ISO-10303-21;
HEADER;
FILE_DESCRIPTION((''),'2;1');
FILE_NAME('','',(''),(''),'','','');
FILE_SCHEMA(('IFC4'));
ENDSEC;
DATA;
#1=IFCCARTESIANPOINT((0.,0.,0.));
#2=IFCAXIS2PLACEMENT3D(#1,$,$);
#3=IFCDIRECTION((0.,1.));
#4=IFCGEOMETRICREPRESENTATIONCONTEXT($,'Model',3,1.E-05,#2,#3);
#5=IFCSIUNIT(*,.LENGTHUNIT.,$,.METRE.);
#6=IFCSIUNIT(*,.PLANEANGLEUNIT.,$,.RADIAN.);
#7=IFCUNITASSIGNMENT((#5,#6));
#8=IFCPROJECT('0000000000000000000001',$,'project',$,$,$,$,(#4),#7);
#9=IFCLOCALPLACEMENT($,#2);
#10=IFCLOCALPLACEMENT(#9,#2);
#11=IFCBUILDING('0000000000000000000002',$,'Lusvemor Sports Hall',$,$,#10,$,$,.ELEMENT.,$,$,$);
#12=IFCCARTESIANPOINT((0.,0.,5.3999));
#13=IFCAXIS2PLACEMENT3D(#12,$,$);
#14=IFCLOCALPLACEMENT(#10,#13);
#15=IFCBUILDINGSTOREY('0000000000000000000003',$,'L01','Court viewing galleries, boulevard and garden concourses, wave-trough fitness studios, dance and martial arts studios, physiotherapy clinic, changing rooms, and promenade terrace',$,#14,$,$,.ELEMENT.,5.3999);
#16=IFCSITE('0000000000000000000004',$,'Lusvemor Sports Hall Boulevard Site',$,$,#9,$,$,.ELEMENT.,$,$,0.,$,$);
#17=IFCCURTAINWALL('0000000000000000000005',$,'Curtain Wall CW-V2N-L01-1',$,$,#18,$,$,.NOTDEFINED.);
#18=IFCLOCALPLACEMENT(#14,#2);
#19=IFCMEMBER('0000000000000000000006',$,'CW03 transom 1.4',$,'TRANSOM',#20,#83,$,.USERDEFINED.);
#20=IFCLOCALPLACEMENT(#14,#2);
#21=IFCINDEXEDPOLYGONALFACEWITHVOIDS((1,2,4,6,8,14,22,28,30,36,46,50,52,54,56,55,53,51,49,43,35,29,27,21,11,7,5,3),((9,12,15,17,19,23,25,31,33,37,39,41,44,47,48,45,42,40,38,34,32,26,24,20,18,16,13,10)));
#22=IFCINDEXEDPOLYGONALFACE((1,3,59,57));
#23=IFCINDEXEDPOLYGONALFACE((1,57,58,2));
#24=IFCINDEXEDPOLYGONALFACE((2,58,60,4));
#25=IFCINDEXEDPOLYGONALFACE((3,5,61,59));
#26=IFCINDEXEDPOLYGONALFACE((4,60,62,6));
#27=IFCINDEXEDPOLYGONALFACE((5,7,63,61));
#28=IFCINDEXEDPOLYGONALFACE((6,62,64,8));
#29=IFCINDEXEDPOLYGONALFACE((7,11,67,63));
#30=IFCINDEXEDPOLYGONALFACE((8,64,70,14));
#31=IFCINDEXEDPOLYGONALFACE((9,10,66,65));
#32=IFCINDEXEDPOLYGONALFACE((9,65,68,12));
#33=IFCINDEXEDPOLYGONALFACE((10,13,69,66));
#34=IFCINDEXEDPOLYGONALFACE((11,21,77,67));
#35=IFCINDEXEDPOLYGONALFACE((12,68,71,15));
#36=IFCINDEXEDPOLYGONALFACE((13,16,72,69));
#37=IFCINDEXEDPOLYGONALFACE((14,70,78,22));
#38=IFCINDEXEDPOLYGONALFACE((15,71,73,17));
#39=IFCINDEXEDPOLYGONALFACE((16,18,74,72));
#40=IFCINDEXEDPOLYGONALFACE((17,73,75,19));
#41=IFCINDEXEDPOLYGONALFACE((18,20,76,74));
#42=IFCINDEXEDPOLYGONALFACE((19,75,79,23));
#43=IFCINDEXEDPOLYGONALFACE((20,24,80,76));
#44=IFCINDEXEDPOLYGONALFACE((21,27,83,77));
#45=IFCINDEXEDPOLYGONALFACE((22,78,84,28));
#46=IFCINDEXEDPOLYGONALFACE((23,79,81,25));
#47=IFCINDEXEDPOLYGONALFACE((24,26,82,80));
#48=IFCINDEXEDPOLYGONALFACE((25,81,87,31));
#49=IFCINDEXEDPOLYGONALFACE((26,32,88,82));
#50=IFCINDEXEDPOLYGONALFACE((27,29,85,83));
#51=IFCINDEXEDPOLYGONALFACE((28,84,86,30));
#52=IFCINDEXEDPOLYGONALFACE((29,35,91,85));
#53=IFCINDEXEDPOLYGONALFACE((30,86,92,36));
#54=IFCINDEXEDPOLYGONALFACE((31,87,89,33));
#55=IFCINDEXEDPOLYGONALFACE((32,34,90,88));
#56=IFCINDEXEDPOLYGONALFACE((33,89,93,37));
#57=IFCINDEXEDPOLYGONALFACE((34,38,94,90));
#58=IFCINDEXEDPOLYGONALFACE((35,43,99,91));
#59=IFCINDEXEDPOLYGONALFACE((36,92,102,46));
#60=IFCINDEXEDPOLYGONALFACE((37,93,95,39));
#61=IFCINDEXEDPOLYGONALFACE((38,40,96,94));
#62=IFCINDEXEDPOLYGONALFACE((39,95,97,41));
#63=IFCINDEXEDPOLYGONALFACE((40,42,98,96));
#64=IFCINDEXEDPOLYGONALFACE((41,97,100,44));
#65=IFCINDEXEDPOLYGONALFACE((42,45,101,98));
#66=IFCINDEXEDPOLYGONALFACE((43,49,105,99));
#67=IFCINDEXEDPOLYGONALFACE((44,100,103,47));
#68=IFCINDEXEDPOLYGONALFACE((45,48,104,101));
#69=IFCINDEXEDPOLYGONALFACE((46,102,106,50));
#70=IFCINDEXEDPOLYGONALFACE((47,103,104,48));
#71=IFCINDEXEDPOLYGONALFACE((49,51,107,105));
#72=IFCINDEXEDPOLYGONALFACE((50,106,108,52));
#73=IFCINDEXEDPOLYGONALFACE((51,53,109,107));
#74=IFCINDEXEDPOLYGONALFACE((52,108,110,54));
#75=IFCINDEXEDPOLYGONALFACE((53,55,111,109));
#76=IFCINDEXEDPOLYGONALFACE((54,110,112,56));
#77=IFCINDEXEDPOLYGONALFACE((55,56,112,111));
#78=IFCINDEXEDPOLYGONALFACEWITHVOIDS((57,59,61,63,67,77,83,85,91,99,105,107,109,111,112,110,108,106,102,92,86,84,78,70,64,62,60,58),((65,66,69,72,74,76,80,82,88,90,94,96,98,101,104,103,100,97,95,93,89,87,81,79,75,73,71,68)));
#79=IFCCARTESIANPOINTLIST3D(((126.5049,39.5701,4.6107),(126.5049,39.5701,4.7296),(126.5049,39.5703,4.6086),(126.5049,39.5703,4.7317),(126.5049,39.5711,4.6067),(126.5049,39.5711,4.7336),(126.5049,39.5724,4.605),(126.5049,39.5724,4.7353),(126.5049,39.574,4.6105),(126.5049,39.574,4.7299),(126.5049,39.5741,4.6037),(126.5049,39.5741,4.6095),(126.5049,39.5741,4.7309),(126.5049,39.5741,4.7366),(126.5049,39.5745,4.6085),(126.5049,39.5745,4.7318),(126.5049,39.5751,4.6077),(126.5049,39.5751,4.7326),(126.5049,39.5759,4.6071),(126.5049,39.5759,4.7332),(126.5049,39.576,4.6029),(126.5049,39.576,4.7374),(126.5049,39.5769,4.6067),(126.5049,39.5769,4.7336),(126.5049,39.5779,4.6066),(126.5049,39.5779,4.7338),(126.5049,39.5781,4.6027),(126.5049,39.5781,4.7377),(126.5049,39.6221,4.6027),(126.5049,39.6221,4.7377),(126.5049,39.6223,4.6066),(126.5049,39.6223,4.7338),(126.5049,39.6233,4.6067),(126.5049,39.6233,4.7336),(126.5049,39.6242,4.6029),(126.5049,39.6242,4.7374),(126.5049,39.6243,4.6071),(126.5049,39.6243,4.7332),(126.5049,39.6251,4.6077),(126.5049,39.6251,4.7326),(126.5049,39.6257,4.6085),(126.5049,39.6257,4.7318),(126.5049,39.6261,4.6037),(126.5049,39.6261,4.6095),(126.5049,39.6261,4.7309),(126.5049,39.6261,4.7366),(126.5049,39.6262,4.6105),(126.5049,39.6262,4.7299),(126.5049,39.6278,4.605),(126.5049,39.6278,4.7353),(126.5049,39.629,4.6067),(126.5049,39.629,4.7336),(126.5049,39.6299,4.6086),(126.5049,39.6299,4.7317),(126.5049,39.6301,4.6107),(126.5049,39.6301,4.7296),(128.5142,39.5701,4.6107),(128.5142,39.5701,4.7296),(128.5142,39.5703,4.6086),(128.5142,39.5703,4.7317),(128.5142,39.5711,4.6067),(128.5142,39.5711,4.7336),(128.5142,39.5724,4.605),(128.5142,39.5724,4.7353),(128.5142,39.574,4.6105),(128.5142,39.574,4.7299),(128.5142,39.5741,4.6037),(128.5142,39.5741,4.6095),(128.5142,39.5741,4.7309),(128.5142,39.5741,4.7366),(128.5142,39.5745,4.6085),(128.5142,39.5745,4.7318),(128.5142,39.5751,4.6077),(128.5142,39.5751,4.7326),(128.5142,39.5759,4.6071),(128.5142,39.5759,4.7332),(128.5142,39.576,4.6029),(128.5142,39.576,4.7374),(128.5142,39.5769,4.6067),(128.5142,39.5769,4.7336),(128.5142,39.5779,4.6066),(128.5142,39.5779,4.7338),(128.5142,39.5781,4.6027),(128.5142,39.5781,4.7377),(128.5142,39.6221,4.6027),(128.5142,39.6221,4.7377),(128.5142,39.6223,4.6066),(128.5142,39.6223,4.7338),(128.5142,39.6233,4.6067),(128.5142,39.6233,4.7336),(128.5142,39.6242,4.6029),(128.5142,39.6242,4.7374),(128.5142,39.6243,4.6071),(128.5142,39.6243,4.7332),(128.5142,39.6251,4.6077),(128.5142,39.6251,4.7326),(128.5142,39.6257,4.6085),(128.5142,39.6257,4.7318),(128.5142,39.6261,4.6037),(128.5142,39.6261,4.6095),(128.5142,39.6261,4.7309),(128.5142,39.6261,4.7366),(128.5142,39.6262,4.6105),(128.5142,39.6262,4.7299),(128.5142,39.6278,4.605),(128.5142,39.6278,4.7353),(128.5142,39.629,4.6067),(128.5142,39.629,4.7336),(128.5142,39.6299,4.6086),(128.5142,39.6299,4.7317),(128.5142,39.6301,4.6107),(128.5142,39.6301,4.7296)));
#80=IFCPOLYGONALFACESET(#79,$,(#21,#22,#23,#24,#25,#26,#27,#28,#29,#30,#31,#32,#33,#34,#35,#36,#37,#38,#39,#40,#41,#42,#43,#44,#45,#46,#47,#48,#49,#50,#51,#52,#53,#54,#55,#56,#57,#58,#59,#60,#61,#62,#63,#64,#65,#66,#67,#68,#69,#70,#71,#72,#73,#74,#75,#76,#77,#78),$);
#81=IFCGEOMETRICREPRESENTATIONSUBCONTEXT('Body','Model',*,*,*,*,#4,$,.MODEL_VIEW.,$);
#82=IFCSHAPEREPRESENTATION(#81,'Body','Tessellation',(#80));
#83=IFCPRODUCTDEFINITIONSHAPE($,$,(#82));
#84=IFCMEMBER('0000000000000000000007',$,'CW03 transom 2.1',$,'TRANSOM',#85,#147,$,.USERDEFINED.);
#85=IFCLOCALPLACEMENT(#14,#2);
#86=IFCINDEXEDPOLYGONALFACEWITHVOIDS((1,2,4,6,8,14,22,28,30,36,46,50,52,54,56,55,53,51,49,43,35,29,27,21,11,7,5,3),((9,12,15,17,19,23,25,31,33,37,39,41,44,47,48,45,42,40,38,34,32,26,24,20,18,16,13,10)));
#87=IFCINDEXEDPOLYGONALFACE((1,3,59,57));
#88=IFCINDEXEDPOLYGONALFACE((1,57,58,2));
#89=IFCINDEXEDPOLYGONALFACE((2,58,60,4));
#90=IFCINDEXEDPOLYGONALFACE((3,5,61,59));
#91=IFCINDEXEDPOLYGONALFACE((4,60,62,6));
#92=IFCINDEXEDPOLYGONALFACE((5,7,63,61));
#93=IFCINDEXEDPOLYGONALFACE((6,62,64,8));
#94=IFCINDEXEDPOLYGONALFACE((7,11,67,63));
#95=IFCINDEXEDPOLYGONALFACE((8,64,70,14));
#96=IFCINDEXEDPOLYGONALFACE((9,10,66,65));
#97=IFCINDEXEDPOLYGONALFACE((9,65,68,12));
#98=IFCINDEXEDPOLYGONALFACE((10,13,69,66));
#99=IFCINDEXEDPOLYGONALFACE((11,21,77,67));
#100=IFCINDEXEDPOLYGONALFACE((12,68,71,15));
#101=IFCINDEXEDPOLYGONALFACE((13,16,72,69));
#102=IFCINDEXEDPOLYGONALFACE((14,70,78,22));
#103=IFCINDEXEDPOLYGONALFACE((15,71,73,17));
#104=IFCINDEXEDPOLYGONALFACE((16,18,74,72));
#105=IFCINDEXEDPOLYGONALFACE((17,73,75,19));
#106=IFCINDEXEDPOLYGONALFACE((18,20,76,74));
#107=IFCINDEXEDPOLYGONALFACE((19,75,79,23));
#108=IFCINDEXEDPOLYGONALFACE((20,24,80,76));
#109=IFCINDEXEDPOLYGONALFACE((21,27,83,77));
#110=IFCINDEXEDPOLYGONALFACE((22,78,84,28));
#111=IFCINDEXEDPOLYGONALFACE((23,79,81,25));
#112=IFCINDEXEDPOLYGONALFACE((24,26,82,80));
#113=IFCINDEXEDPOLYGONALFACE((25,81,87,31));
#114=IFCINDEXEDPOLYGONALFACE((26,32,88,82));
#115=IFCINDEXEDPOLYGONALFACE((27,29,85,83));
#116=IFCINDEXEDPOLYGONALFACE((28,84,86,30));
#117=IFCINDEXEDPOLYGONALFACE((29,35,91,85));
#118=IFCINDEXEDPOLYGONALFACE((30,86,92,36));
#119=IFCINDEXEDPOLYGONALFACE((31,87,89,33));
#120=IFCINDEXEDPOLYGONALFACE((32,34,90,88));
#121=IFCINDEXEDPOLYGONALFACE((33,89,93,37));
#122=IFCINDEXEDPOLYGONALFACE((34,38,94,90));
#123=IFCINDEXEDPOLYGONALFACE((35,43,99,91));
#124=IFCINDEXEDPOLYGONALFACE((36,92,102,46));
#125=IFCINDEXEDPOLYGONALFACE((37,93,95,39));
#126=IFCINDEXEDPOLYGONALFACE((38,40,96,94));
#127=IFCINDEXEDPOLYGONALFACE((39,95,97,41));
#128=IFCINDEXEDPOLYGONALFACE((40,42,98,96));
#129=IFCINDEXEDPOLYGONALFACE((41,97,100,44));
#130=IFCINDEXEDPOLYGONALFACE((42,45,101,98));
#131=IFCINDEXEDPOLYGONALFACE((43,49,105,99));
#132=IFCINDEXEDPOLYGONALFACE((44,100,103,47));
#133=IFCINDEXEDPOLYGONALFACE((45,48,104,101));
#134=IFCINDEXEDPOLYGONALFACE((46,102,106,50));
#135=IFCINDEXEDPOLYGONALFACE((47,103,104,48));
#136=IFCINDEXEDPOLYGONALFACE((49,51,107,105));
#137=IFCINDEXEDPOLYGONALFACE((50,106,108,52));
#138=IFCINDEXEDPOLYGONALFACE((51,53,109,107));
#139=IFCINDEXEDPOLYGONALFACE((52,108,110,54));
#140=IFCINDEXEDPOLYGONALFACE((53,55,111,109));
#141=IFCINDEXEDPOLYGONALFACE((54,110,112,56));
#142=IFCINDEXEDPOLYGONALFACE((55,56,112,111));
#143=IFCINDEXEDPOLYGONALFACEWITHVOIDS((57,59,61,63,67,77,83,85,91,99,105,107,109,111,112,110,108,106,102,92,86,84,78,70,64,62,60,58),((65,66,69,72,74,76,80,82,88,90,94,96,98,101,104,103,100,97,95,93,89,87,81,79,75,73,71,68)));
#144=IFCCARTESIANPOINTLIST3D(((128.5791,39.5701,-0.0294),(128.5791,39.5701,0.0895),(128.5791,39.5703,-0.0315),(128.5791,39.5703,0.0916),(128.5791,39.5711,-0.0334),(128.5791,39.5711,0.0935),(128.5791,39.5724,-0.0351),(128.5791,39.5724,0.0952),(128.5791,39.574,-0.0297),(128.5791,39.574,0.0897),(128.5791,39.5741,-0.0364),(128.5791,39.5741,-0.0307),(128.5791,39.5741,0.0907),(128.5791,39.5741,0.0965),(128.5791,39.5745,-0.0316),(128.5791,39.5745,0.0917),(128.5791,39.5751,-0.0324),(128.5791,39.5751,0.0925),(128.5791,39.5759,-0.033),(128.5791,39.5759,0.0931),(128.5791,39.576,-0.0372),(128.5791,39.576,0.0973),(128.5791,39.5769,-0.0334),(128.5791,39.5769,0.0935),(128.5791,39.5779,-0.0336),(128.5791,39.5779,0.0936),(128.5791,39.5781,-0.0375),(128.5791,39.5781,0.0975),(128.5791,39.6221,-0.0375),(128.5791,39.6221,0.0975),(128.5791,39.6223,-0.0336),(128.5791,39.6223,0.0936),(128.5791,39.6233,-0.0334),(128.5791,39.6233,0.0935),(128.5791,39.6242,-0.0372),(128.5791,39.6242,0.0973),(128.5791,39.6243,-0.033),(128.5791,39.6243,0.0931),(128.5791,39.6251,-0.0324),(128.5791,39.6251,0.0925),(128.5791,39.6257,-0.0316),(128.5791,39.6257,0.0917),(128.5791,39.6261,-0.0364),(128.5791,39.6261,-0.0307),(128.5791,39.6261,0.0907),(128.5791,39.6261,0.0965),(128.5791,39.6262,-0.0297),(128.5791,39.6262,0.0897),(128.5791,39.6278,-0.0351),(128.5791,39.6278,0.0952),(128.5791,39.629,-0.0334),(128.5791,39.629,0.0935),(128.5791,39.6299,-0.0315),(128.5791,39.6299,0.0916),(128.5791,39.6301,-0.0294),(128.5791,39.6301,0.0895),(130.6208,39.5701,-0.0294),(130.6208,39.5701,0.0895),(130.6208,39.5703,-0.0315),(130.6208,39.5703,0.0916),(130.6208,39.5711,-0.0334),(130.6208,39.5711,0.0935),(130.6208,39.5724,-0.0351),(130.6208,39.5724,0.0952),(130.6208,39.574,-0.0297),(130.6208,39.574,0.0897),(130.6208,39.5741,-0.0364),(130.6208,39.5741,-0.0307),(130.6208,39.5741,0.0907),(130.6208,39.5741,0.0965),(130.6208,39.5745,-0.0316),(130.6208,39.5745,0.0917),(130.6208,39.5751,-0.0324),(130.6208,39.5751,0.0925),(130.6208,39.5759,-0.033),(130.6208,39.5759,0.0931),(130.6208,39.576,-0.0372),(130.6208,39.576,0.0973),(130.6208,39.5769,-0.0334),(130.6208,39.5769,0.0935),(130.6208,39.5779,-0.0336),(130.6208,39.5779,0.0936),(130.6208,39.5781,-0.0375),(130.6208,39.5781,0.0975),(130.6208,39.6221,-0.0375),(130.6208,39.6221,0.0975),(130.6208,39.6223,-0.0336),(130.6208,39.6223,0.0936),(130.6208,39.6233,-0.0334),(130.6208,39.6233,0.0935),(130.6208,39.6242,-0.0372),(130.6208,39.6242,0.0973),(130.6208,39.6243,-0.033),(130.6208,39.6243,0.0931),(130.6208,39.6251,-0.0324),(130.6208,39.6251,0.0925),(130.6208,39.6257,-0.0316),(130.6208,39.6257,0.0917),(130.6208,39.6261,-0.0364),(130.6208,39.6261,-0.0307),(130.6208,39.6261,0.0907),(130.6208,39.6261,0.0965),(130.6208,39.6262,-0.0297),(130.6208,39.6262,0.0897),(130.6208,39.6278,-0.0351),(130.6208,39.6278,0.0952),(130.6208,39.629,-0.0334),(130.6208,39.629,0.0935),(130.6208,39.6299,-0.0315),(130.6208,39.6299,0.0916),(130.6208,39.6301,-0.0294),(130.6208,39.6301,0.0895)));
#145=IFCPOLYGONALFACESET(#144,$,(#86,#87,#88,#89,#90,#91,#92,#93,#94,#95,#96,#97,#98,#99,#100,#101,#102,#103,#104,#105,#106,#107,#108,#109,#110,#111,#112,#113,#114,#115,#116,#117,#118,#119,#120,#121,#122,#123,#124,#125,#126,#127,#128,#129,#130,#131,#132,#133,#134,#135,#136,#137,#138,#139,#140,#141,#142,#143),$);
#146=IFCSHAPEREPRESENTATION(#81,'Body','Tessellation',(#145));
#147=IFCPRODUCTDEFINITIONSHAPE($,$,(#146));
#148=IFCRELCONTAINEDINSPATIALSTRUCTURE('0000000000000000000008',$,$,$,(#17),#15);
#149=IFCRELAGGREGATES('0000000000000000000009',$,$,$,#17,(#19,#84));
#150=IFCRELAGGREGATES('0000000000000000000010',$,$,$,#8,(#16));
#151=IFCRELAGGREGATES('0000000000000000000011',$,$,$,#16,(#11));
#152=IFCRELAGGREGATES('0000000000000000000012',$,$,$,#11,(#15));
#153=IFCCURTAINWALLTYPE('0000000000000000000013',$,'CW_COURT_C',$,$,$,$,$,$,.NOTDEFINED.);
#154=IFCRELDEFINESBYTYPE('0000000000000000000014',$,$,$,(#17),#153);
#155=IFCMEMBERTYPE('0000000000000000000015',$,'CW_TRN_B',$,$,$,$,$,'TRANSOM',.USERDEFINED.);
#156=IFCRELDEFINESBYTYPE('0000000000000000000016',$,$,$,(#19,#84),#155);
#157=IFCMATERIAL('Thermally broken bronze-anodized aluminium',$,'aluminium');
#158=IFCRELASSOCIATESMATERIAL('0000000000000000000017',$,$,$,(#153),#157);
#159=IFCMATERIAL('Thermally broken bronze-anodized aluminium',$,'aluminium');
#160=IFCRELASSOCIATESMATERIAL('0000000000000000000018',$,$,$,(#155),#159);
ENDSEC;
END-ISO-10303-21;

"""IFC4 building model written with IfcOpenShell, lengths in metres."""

from ifc_helpers import new_model, si_unit, direction, frame, origin, origin_2d, place, context, subcontext, project, spatial, hollow_rectangle, extrude, material, material_profile, profile_set, type_object, element, aggregate, save


model = new_model("IFC4")

# Units and contexts
model_context = context("Model", 3, precision=1e-05, world=origin(), true_north=direction((0.0, 1.0)))
body_context = subcontext(model_context, "Body", "Model", "MODEL_VIEW")
ifc_project = project(units=[si_unit("LENGTHUNIT", "METRE"), si_unit("PLANEANGLEUNIT", "RADIAN")], contexts=[model_context])

# Site, building, storey
site_placement = place(None, origin())
site = spatial("IfcSite", under=ifc_project, at=site_placement, Name="Lusvemor Sports Hall Boulevard Site", CompositionType="ELEMENT", RefElevation=0.0)
building_placement = place(site_placement, origin())
building = spatial("IfcBuilding", under=site, at=building_placement, Name="Lusvemor Sports Hall", CompositionType="ELEMENT")
storey_placement = place(building_placement, frame((0.0, 0.0, 5.3999)))
storey = spatial("IfcBuildingStorey", under=building, at=storey_placement, Name="L01", Description="Court viewing galleries, boulevard and garden concourses, wave-trough fitness studios, dance and martial arts studios, physiotherapy clinic, changing rooms, and promenade terrace", CompositionType="ELEMENT", Elevation=5.3999)

# Curtain wall
ifc_material_1 = material(Name="Thermally broken bronze-anodized aluminium", Category="aluminium")
curtain_wall_type = type_object("IfcCurtainWallType", Name="CW_COURT_C", PredefinedType="NOTDEFINED", material=ifc_material_1)
curtain_wall_1_placement = place(storey_placement, origin())
curtain_wall_1 = element("IfcCurtainWall", 1, at=curtain_wall_1_placement, inside=storey, type_object=curtain_wall_type, Name="Curtain Wall CW-V2N-L01-1", PredefinedType="NOTDEFINED")

# Members
ifc_material_2 = material(Name="Thermally broken bronze-anodized aluminium", Category="aluminium")
ifc_material_profile_1 = material_profile(ifc_material_2, hollow_rectangle(XDim=0.0601, YDim=0.135, WallThickness=0.0039, InnerFilletRadius=0.0039, OuterFilletRadius=0.0081, at=origin_2d()), Name="CWTRN135x60x4")
ifc_profile_set_1 = profile_set([ifc_material_profile_1], Name="Thermally broken bronze-anodized aluminium")
member_type_1 = type_object("IfcMemberType", Name="CW_TRN_B", ElementType="TRANSOM", PredefinedType="USERDEFINED", material=ifc_profile_set_1)
member_1_placement = place(storey_placement, frame((126.5049, 39.6001, 4.6702), z_axis=(1.0, 0.0, 0.0), x_axis=(0.0, 1.0, 0.0)))
member_1 = element("IfcMember", 2, at=member_1_placement, type_object=member_type_1, Name="CW03 transom 1.4", ObjectType="TRANSOM", PredefinedType="USERDEFINED", context=body_context, shape_type="SweptSolid", body=[
    extrude(hollow_rectangle(XDim=0.0601, YDim=0.135, WallThickness=0.0039, InnerFilletRadius=0.0039, OuterFilletRadius=0.0081, at=origin_2d()), origin(), (0.0, 0.0, 1.0), 2.0093),
])
member_2_placement = place(storey_placement, frame((128.5791, 39.6001, 0.03), z_axis=(1.0, 0.0, 0.0), x_axis=(0.0, 1.0, 0.0)))
member_2 = element("IfcMember", 3, at=member_2_placement, type_object=member_type_1, Name="CW03 transom 2.1", ObjectType="TRANSOM", PredefinedType="USERDEFINED", context=body_context, shape_type="SweptSolid", body=[
    extrude(hollow_rectangle(XDim=0.0601, YDim=0.135, WallThickness=0.0039, InnerFilletRadius=0.0039, OuterFilletRadius=0.0081, at=origin_2d()), origin(), (0.0, 0.0, 1.0), 2.0417),
])

aggregate(curtain_wall_1, [member_1, member_2])

save(model, "model.ifc")
